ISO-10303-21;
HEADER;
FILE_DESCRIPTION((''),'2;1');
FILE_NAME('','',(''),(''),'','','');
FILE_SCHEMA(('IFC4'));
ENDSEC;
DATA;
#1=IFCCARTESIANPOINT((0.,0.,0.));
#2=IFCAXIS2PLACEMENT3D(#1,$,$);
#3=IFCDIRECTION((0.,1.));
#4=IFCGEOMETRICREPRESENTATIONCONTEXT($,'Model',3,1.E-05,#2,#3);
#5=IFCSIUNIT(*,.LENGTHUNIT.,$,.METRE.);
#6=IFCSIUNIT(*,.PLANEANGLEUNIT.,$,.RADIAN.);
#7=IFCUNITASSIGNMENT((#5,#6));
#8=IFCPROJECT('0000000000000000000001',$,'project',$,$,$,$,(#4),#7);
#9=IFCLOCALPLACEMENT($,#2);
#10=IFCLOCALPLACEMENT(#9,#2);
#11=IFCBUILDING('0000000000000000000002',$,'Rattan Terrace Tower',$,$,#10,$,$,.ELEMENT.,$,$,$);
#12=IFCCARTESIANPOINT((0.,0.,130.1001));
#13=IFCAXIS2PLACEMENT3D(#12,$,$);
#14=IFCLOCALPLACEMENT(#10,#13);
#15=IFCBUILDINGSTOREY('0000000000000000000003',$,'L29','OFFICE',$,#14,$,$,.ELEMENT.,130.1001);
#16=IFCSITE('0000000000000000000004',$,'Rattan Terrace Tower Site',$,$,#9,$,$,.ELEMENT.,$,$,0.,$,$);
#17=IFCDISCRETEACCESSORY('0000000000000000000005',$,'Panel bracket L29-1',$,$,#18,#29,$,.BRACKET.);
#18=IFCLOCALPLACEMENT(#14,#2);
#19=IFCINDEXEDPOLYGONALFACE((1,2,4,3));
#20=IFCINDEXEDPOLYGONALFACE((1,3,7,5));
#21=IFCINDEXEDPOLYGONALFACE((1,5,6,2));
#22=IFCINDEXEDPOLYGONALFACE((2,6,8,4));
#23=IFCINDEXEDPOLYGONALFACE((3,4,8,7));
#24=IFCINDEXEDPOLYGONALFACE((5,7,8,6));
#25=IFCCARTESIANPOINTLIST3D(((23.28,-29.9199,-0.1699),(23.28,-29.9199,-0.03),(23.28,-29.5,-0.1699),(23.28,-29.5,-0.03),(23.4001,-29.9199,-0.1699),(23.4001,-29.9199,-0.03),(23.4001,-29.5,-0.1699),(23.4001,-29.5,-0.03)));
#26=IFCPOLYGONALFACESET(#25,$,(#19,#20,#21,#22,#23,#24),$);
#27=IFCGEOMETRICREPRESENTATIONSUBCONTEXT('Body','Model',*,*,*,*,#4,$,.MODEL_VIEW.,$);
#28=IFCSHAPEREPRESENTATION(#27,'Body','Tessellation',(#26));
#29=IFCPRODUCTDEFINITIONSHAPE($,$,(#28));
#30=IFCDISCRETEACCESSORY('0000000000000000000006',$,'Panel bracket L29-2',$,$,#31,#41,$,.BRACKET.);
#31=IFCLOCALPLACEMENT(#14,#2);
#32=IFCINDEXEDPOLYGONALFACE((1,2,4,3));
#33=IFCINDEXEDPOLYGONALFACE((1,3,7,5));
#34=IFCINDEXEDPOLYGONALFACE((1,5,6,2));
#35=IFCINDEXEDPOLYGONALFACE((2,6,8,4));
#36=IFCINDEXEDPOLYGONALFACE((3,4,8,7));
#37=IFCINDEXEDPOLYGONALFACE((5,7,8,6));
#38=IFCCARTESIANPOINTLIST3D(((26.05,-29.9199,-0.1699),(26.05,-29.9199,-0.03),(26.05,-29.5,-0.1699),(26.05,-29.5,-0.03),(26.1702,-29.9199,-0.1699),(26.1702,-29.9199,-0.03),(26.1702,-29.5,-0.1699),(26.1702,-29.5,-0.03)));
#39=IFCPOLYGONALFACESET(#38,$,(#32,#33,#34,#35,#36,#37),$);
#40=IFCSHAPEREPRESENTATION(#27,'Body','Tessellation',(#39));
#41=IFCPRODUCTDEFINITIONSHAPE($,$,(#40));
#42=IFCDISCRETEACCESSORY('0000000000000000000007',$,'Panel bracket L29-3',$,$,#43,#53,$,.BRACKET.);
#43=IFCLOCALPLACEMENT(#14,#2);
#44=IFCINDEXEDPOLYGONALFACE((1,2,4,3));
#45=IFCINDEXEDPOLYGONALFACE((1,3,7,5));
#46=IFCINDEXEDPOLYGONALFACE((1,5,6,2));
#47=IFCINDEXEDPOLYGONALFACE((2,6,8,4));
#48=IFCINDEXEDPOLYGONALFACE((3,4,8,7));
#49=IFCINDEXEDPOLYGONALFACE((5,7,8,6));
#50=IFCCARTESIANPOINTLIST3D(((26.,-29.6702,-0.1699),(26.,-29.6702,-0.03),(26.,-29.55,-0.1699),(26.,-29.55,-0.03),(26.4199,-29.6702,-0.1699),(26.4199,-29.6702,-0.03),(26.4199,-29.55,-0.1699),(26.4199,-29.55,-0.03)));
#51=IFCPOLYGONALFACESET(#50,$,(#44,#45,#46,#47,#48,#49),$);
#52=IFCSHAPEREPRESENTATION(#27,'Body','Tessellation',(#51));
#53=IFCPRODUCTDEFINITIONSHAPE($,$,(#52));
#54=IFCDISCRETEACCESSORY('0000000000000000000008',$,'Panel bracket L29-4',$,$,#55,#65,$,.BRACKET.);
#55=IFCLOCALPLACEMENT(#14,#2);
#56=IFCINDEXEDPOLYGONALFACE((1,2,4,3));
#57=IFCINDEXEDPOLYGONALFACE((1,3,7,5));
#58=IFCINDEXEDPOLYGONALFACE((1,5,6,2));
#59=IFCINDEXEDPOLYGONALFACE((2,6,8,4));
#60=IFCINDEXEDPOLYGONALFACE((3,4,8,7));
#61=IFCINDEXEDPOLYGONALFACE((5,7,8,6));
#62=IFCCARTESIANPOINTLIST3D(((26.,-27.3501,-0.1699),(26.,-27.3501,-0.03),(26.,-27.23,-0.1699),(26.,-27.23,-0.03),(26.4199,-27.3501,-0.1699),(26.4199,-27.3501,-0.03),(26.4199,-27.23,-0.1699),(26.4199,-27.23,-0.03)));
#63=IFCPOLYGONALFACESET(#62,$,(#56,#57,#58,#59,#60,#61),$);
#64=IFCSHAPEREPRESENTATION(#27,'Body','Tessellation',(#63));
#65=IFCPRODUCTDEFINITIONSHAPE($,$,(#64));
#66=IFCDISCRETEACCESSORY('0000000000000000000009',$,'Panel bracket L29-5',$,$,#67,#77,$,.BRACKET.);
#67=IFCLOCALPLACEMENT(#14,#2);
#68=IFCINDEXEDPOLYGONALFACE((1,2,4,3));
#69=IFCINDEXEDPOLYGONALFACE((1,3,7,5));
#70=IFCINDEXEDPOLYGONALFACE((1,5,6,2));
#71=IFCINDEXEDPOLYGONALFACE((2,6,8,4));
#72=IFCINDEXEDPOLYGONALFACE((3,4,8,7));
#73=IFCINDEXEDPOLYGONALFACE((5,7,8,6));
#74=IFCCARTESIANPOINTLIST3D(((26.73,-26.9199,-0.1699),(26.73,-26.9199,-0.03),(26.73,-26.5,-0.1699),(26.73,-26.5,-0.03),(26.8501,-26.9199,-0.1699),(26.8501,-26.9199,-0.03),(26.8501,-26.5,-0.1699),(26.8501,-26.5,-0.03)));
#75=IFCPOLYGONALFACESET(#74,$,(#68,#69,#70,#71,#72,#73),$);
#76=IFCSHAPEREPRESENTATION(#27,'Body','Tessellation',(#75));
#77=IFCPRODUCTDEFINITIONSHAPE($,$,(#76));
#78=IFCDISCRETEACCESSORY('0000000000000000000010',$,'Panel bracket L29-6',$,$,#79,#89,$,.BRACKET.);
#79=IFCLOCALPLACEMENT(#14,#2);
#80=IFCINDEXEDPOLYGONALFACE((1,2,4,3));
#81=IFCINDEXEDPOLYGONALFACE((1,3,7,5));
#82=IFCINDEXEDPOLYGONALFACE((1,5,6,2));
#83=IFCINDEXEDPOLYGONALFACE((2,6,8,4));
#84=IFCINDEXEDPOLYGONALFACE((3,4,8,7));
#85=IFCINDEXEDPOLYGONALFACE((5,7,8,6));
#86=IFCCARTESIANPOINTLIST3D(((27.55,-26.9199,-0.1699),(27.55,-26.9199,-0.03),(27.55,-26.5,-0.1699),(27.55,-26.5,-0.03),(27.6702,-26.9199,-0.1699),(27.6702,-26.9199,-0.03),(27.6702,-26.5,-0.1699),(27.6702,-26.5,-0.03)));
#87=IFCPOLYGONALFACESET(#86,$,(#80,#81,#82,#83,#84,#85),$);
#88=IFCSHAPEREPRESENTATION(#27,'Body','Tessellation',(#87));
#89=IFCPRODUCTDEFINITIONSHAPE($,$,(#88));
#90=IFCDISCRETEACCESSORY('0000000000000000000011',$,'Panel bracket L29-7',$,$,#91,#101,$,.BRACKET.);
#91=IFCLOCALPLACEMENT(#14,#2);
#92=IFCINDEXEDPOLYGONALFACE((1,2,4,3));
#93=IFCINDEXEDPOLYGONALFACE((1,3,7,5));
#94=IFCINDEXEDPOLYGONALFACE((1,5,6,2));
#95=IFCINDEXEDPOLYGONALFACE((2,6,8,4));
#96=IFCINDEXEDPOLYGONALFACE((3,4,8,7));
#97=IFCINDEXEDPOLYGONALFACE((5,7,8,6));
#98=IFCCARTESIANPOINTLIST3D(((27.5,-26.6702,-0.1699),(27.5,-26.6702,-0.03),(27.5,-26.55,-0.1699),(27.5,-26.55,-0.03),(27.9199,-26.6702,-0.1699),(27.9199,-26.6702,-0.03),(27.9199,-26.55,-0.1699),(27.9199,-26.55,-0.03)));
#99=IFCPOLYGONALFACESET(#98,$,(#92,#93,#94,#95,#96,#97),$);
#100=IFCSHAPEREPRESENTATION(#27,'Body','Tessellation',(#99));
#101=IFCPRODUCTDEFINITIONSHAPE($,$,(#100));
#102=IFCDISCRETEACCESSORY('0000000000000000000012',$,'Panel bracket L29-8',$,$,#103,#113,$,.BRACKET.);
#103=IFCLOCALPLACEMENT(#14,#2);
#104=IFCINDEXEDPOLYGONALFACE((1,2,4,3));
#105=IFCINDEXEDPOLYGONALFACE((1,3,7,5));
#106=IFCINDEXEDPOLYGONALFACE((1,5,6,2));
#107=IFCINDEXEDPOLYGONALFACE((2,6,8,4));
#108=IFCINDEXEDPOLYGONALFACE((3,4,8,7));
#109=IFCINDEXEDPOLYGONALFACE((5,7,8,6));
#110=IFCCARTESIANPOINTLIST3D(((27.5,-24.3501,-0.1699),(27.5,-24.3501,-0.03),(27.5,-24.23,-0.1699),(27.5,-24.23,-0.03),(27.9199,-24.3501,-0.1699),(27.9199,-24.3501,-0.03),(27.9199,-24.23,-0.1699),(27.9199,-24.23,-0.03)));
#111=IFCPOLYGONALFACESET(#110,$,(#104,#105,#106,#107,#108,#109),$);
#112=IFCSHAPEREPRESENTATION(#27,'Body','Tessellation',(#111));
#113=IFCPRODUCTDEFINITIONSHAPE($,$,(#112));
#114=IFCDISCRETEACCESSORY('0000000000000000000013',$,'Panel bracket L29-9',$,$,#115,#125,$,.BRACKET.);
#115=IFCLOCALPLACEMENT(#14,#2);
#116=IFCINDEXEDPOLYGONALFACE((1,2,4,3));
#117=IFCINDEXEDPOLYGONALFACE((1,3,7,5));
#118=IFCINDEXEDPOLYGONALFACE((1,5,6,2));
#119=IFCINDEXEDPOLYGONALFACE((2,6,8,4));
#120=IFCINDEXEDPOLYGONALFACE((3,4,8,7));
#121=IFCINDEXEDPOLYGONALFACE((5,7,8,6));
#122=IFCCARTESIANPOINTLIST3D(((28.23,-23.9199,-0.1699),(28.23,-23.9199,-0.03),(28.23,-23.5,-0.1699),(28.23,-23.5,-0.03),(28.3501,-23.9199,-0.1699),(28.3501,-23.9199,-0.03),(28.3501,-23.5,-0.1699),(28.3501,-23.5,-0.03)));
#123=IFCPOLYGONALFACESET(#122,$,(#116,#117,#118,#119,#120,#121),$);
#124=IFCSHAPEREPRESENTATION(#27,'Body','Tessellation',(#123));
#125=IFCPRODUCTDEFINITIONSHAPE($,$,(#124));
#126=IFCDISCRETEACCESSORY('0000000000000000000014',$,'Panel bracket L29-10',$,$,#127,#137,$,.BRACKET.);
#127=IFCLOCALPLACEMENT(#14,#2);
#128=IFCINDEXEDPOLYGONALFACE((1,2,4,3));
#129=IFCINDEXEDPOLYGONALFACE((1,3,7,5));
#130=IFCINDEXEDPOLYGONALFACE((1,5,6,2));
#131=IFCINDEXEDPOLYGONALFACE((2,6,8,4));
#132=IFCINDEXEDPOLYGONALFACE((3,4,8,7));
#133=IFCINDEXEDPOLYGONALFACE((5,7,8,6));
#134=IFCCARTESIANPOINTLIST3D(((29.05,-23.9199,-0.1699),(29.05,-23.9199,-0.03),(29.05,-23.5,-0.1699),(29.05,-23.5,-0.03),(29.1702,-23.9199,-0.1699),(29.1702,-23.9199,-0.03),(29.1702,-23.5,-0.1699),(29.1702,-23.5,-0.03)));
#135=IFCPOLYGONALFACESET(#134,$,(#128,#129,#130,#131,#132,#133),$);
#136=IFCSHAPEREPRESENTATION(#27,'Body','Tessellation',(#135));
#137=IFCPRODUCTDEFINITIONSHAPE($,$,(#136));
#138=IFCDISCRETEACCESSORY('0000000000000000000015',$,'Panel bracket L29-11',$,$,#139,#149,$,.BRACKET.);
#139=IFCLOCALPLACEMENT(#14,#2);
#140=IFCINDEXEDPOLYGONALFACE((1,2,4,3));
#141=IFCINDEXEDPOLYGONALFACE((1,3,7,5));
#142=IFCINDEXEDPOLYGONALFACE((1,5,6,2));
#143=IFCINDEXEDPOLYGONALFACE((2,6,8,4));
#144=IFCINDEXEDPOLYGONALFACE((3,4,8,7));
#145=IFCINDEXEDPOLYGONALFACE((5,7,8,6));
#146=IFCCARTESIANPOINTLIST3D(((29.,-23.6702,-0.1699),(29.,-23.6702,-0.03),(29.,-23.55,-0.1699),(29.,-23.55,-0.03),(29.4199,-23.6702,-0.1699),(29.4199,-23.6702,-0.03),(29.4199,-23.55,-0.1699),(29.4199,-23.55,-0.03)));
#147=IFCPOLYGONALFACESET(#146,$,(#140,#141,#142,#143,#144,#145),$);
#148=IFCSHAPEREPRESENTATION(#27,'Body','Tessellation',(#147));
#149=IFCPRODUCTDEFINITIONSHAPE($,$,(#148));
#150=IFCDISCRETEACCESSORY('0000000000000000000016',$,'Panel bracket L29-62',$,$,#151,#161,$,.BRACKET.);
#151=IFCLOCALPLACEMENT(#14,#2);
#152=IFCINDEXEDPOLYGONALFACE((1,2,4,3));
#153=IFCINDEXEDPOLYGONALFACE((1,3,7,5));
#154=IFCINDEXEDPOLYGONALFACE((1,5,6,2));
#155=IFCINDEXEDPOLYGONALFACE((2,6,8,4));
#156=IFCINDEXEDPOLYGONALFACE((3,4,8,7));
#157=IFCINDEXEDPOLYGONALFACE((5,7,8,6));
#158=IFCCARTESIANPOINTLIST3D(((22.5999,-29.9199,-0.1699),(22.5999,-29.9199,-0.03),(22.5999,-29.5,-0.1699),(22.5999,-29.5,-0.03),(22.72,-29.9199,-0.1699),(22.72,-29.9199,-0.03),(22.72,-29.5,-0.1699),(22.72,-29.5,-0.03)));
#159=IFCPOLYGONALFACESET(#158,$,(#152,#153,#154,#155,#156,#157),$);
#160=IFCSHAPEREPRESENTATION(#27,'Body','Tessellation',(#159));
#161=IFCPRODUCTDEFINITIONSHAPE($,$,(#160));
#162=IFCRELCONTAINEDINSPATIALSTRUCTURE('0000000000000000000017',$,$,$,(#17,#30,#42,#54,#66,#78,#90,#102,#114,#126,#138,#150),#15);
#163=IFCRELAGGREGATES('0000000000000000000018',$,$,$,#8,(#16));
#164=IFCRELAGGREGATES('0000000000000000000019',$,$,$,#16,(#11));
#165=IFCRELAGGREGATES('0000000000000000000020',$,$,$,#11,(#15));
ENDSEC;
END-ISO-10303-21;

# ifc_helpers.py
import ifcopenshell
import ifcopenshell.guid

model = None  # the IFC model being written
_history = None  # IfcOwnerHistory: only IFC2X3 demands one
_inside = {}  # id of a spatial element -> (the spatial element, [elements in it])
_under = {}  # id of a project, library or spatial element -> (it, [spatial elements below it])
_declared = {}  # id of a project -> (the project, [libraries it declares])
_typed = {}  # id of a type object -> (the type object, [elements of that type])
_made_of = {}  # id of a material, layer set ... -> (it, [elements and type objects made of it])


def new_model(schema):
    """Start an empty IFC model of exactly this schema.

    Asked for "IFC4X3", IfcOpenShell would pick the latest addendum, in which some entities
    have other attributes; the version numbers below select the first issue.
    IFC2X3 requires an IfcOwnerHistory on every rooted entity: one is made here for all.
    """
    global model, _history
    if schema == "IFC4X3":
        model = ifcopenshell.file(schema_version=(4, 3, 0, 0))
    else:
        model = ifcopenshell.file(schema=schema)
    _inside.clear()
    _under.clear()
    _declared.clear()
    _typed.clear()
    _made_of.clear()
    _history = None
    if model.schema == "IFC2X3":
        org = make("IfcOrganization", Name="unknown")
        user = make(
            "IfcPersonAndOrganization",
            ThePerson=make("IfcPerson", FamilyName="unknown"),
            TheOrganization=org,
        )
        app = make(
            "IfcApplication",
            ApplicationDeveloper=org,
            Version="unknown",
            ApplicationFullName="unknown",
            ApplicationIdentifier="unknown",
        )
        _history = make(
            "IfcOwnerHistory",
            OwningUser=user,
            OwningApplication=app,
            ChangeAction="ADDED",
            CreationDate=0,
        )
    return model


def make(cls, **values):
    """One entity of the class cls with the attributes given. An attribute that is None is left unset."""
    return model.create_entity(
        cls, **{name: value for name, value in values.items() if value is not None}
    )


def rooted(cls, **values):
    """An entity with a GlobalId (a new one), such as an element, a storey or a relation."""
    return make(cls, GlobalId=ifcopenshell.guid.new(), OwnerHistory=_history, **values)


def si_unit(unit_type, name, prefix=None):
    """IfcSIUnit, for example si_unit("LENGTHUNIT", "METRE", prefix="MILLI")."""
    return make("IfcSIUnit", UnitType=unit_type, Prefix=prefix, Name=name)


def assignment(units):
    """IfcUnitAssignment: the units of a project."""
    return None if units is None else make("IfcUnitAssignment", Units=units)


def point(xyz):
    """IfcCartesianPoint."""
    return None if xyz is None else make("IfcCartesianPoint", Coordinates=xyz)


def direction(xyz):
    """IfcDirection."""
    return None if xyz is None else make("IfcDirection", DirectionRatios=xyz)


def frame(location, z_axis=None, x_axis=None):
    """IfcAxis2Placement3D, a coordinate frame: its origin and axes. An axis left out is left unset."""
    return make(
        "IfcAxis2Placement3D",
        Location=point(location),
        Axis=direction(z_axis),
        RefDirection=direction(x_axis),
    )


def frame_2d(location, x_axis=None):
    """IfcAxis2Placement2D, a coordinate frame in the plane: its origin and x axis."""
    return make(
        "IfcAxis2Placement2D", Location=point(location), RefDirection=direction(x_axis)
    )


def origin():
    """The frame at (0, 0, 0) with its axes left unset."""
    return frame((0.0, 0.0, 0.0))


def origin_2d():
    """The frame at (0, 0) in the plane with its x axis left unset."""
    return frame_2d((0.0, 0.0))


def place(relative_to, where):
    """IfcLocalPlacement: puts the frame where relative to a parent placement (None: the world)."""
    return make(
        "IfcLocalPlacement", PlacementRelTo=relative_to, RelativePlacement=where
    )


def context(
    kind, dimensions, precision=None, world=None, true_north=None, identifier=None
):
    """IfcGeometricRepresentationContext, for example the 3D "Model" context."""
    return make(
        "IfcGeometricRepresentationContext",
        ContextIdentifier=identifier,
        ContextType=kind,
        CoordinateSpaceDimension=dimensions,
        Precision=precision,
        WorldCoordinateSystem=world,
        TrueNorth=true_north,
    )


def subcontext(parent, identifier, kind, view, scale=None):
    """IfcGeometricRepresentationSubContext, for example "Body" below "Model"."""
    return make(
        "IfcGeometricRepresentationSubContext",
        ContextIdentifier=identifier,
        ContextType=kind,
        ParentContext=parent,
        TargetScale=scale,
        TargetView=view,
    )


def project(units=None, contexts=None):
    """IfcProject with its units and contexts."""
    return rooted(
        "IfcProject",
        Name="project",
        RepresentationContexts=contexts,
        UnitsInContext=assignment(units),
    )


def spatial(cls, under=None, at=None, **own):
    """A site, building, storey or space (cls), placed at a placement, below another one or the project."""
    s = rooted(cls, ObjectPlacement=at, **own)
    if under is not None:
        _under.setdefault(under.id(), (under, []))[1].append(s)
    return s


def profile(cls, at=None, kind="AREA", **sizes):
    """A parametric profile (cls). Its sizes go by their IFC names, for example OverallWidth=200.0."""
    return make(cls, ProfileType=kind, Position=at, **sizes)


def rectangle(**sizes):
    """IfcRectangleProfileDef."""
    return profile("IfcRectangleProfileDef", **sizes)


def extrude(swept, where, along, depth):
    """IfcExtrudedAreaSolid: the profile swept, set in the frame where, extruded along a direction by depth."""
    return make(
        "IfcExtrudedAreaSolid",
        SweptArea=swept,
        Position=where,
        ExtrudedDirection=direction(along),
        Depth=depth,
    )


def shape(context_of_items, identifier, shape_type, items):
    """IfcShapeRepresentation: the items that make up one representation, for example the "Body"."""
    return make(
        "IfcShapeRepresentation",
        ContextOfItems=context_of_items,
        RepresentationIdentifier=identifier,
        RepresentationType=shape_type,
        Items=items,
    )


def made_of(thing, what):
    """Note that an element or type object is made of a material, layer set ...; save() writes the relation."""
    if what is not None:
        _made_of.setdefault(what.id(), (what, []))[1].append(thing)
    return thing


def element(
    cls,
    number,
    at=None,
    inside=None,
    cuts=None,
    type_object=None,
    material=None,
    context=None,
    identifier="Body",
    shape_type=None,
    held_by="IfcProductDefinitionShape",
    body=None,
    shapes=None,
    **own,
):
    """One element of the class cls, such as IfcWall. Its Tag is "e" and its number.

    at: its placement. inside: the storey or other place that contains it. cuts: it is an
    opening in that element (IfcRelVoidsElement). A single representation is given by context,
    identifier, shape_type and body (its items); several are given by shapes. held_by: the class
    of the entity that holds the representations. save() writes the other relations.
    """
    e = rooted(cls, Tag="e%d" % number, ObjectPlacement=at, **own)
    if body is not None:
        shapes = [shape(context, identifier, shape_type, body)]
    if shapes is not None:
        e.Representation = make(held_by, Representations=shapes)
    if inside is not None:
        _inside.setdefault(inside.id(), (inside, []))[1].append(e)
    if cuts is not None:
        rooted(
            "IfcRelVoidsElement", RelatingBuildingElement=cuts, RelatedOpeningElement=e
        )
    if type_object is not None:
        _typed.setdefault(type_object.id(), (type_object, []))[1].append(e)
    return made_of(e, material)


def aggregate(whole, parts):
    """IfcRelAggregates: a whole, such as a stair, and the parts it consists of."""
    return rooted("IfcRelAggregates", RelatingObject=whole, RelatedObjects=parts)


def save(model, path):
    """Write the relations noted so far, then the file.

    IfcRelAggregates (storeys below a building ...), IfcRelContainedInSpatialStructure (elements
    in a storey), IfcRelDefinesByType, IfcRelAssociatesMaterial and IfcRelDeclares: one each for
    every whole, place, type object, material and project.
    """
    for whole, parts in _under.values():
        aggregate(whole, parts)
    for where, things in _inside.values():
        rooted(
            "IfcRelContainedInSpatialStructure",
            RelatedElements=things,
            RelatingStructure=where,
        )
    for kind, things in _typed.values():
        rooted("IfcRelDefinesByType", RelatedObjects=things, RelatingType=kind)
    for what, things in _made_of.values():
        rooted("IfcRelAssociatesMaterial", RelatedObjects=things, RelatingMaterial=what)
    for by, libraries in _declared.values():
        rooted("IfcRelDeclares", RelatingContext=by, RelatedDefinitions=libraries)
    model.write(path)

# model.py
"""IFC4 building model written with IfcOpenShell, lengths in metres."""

from ifc_helpers import new_model, si_unit, direction, frame, origin, origin_2d, place, context, subcontext, project, spatial, rectangle, extrude, element, save


model = new_model("IFC4")

# Units and contexts
model_context = context("Model", 3, precision=1e-05, world=origin(), true_north=direction((0.0, 1.0)))
body_context = subcontext(model_context, "Body", "Model", "MODEL_VIEW")
ifc_project = project(units=[si_unit("LENGTHUNIT", "METRE"), si_unit("PLANEANGLEUNIT", "RADIAN")], contexts=[model_context])

# Site, building, storey
site_placement = place(None, origin())
site = spatial("IfcSite", under=ifc_project, at=site_placement, Name="Rattan Terrace Tower Site", CompositionType="ELEMENT", RefElevation=0.0)
building_placement = place(site_placement, origin())
building = spatial("IfcBuilding", under=site, at=building_placement, Name="Rattan Terrace Tower", CompositionType="ELEMENT")
storey_placement = place(building_placement, frame((0.0, 0.0, 130.1001)))
storey = spatial("IfcBuildingStorey", under=building, at=storey_placement, Name="L29", Description="OFFICE", CompositionType="ELEMENT", Elevation=130.1001)

# Discrete accessories
for number, where, z_axis, x_axis, name in (
    (1, (23.3401, -29.71, -0.1699), (0.0, 0.0, 1.0), (1.0, 0.0, 0.0), "Panel bracket L29-1"),
    (2, (26.1101, -29.71, -0.1699), (0.0, 0.0, 1.0), (1.0, 0.0, 0.0), "Panel bracket L29-2"),
    (3, (26.21, -29.6101, -0.1699), (0.0, 0.0, 1.0), (0.0, 1.0, 0.0), "Panel bracket L29-3"),
    (4, (26.21, -27.29, -0.1699), (0.0, 0.0, 1.0), (0.0, 1.0, 0.0), "Panel bracket L29-4"),
    (5, (26.79, -26.71, -0.1699), (0.0, 0.0, 1.0), (1.0, 0.0, 0.0), "Panel bracket L29-5"),
    (6, (27.6101, -26.71, -0.1699), (0.0, 0.0, 1.0), (1.0, 0.0, 0.0), "Panel bracket L29-6"),
    (7, (27.71, -26.6101, -0.1699), (0.0, 0.0, 1.0), (0.0, 1.0, 0.0), "Panel bracket L29-7"),
    (8, (27.71, -24.29, -0.1699), (0.0, 0.0, 1.0), (0.0, 1.0, 0.0), "Panel bracket L29-8"),
    (9, (28.29, -23.71, -0.1699), (0.0, 0.0, 1.0), (1.0, 0.0, 0.0), "Panel bracket L29-9"),
    (10, (29.1101, -23.71, -0.1699), (0.0, 0.0, 1.0), (1.0, 0.0, 0.0), "Panel bracket L29-10"),
    (11, (29.21, -23.6101, -0.1699), (0.0, 0.0, 1.0), (0.0, 1.0, 0.0), "Panel bracket L29-11"),
    (12, (22.6599, -29.71, -0.1699), (0.0, 0.0, 1.0), (1.0, 0.0, 0.0), "Panel bracket L29-62"),
):
    element("IfcDiscreteAccessory", number, at=place(storey_placement, frame(where, z_axis=z_axis, x_axis=x_axis)), inside=storey, Name=name, PredefinedType="BRACKET", context=body_context, shape_type="SweptSolid", body=[
        extrude(rectangle(XDim=0.1201, YDim=0.4199, at=origin_2d()), origin(), (0.0, 0.0, 1.0), 0.1399),
    ])

save(model, "model.ifc")
